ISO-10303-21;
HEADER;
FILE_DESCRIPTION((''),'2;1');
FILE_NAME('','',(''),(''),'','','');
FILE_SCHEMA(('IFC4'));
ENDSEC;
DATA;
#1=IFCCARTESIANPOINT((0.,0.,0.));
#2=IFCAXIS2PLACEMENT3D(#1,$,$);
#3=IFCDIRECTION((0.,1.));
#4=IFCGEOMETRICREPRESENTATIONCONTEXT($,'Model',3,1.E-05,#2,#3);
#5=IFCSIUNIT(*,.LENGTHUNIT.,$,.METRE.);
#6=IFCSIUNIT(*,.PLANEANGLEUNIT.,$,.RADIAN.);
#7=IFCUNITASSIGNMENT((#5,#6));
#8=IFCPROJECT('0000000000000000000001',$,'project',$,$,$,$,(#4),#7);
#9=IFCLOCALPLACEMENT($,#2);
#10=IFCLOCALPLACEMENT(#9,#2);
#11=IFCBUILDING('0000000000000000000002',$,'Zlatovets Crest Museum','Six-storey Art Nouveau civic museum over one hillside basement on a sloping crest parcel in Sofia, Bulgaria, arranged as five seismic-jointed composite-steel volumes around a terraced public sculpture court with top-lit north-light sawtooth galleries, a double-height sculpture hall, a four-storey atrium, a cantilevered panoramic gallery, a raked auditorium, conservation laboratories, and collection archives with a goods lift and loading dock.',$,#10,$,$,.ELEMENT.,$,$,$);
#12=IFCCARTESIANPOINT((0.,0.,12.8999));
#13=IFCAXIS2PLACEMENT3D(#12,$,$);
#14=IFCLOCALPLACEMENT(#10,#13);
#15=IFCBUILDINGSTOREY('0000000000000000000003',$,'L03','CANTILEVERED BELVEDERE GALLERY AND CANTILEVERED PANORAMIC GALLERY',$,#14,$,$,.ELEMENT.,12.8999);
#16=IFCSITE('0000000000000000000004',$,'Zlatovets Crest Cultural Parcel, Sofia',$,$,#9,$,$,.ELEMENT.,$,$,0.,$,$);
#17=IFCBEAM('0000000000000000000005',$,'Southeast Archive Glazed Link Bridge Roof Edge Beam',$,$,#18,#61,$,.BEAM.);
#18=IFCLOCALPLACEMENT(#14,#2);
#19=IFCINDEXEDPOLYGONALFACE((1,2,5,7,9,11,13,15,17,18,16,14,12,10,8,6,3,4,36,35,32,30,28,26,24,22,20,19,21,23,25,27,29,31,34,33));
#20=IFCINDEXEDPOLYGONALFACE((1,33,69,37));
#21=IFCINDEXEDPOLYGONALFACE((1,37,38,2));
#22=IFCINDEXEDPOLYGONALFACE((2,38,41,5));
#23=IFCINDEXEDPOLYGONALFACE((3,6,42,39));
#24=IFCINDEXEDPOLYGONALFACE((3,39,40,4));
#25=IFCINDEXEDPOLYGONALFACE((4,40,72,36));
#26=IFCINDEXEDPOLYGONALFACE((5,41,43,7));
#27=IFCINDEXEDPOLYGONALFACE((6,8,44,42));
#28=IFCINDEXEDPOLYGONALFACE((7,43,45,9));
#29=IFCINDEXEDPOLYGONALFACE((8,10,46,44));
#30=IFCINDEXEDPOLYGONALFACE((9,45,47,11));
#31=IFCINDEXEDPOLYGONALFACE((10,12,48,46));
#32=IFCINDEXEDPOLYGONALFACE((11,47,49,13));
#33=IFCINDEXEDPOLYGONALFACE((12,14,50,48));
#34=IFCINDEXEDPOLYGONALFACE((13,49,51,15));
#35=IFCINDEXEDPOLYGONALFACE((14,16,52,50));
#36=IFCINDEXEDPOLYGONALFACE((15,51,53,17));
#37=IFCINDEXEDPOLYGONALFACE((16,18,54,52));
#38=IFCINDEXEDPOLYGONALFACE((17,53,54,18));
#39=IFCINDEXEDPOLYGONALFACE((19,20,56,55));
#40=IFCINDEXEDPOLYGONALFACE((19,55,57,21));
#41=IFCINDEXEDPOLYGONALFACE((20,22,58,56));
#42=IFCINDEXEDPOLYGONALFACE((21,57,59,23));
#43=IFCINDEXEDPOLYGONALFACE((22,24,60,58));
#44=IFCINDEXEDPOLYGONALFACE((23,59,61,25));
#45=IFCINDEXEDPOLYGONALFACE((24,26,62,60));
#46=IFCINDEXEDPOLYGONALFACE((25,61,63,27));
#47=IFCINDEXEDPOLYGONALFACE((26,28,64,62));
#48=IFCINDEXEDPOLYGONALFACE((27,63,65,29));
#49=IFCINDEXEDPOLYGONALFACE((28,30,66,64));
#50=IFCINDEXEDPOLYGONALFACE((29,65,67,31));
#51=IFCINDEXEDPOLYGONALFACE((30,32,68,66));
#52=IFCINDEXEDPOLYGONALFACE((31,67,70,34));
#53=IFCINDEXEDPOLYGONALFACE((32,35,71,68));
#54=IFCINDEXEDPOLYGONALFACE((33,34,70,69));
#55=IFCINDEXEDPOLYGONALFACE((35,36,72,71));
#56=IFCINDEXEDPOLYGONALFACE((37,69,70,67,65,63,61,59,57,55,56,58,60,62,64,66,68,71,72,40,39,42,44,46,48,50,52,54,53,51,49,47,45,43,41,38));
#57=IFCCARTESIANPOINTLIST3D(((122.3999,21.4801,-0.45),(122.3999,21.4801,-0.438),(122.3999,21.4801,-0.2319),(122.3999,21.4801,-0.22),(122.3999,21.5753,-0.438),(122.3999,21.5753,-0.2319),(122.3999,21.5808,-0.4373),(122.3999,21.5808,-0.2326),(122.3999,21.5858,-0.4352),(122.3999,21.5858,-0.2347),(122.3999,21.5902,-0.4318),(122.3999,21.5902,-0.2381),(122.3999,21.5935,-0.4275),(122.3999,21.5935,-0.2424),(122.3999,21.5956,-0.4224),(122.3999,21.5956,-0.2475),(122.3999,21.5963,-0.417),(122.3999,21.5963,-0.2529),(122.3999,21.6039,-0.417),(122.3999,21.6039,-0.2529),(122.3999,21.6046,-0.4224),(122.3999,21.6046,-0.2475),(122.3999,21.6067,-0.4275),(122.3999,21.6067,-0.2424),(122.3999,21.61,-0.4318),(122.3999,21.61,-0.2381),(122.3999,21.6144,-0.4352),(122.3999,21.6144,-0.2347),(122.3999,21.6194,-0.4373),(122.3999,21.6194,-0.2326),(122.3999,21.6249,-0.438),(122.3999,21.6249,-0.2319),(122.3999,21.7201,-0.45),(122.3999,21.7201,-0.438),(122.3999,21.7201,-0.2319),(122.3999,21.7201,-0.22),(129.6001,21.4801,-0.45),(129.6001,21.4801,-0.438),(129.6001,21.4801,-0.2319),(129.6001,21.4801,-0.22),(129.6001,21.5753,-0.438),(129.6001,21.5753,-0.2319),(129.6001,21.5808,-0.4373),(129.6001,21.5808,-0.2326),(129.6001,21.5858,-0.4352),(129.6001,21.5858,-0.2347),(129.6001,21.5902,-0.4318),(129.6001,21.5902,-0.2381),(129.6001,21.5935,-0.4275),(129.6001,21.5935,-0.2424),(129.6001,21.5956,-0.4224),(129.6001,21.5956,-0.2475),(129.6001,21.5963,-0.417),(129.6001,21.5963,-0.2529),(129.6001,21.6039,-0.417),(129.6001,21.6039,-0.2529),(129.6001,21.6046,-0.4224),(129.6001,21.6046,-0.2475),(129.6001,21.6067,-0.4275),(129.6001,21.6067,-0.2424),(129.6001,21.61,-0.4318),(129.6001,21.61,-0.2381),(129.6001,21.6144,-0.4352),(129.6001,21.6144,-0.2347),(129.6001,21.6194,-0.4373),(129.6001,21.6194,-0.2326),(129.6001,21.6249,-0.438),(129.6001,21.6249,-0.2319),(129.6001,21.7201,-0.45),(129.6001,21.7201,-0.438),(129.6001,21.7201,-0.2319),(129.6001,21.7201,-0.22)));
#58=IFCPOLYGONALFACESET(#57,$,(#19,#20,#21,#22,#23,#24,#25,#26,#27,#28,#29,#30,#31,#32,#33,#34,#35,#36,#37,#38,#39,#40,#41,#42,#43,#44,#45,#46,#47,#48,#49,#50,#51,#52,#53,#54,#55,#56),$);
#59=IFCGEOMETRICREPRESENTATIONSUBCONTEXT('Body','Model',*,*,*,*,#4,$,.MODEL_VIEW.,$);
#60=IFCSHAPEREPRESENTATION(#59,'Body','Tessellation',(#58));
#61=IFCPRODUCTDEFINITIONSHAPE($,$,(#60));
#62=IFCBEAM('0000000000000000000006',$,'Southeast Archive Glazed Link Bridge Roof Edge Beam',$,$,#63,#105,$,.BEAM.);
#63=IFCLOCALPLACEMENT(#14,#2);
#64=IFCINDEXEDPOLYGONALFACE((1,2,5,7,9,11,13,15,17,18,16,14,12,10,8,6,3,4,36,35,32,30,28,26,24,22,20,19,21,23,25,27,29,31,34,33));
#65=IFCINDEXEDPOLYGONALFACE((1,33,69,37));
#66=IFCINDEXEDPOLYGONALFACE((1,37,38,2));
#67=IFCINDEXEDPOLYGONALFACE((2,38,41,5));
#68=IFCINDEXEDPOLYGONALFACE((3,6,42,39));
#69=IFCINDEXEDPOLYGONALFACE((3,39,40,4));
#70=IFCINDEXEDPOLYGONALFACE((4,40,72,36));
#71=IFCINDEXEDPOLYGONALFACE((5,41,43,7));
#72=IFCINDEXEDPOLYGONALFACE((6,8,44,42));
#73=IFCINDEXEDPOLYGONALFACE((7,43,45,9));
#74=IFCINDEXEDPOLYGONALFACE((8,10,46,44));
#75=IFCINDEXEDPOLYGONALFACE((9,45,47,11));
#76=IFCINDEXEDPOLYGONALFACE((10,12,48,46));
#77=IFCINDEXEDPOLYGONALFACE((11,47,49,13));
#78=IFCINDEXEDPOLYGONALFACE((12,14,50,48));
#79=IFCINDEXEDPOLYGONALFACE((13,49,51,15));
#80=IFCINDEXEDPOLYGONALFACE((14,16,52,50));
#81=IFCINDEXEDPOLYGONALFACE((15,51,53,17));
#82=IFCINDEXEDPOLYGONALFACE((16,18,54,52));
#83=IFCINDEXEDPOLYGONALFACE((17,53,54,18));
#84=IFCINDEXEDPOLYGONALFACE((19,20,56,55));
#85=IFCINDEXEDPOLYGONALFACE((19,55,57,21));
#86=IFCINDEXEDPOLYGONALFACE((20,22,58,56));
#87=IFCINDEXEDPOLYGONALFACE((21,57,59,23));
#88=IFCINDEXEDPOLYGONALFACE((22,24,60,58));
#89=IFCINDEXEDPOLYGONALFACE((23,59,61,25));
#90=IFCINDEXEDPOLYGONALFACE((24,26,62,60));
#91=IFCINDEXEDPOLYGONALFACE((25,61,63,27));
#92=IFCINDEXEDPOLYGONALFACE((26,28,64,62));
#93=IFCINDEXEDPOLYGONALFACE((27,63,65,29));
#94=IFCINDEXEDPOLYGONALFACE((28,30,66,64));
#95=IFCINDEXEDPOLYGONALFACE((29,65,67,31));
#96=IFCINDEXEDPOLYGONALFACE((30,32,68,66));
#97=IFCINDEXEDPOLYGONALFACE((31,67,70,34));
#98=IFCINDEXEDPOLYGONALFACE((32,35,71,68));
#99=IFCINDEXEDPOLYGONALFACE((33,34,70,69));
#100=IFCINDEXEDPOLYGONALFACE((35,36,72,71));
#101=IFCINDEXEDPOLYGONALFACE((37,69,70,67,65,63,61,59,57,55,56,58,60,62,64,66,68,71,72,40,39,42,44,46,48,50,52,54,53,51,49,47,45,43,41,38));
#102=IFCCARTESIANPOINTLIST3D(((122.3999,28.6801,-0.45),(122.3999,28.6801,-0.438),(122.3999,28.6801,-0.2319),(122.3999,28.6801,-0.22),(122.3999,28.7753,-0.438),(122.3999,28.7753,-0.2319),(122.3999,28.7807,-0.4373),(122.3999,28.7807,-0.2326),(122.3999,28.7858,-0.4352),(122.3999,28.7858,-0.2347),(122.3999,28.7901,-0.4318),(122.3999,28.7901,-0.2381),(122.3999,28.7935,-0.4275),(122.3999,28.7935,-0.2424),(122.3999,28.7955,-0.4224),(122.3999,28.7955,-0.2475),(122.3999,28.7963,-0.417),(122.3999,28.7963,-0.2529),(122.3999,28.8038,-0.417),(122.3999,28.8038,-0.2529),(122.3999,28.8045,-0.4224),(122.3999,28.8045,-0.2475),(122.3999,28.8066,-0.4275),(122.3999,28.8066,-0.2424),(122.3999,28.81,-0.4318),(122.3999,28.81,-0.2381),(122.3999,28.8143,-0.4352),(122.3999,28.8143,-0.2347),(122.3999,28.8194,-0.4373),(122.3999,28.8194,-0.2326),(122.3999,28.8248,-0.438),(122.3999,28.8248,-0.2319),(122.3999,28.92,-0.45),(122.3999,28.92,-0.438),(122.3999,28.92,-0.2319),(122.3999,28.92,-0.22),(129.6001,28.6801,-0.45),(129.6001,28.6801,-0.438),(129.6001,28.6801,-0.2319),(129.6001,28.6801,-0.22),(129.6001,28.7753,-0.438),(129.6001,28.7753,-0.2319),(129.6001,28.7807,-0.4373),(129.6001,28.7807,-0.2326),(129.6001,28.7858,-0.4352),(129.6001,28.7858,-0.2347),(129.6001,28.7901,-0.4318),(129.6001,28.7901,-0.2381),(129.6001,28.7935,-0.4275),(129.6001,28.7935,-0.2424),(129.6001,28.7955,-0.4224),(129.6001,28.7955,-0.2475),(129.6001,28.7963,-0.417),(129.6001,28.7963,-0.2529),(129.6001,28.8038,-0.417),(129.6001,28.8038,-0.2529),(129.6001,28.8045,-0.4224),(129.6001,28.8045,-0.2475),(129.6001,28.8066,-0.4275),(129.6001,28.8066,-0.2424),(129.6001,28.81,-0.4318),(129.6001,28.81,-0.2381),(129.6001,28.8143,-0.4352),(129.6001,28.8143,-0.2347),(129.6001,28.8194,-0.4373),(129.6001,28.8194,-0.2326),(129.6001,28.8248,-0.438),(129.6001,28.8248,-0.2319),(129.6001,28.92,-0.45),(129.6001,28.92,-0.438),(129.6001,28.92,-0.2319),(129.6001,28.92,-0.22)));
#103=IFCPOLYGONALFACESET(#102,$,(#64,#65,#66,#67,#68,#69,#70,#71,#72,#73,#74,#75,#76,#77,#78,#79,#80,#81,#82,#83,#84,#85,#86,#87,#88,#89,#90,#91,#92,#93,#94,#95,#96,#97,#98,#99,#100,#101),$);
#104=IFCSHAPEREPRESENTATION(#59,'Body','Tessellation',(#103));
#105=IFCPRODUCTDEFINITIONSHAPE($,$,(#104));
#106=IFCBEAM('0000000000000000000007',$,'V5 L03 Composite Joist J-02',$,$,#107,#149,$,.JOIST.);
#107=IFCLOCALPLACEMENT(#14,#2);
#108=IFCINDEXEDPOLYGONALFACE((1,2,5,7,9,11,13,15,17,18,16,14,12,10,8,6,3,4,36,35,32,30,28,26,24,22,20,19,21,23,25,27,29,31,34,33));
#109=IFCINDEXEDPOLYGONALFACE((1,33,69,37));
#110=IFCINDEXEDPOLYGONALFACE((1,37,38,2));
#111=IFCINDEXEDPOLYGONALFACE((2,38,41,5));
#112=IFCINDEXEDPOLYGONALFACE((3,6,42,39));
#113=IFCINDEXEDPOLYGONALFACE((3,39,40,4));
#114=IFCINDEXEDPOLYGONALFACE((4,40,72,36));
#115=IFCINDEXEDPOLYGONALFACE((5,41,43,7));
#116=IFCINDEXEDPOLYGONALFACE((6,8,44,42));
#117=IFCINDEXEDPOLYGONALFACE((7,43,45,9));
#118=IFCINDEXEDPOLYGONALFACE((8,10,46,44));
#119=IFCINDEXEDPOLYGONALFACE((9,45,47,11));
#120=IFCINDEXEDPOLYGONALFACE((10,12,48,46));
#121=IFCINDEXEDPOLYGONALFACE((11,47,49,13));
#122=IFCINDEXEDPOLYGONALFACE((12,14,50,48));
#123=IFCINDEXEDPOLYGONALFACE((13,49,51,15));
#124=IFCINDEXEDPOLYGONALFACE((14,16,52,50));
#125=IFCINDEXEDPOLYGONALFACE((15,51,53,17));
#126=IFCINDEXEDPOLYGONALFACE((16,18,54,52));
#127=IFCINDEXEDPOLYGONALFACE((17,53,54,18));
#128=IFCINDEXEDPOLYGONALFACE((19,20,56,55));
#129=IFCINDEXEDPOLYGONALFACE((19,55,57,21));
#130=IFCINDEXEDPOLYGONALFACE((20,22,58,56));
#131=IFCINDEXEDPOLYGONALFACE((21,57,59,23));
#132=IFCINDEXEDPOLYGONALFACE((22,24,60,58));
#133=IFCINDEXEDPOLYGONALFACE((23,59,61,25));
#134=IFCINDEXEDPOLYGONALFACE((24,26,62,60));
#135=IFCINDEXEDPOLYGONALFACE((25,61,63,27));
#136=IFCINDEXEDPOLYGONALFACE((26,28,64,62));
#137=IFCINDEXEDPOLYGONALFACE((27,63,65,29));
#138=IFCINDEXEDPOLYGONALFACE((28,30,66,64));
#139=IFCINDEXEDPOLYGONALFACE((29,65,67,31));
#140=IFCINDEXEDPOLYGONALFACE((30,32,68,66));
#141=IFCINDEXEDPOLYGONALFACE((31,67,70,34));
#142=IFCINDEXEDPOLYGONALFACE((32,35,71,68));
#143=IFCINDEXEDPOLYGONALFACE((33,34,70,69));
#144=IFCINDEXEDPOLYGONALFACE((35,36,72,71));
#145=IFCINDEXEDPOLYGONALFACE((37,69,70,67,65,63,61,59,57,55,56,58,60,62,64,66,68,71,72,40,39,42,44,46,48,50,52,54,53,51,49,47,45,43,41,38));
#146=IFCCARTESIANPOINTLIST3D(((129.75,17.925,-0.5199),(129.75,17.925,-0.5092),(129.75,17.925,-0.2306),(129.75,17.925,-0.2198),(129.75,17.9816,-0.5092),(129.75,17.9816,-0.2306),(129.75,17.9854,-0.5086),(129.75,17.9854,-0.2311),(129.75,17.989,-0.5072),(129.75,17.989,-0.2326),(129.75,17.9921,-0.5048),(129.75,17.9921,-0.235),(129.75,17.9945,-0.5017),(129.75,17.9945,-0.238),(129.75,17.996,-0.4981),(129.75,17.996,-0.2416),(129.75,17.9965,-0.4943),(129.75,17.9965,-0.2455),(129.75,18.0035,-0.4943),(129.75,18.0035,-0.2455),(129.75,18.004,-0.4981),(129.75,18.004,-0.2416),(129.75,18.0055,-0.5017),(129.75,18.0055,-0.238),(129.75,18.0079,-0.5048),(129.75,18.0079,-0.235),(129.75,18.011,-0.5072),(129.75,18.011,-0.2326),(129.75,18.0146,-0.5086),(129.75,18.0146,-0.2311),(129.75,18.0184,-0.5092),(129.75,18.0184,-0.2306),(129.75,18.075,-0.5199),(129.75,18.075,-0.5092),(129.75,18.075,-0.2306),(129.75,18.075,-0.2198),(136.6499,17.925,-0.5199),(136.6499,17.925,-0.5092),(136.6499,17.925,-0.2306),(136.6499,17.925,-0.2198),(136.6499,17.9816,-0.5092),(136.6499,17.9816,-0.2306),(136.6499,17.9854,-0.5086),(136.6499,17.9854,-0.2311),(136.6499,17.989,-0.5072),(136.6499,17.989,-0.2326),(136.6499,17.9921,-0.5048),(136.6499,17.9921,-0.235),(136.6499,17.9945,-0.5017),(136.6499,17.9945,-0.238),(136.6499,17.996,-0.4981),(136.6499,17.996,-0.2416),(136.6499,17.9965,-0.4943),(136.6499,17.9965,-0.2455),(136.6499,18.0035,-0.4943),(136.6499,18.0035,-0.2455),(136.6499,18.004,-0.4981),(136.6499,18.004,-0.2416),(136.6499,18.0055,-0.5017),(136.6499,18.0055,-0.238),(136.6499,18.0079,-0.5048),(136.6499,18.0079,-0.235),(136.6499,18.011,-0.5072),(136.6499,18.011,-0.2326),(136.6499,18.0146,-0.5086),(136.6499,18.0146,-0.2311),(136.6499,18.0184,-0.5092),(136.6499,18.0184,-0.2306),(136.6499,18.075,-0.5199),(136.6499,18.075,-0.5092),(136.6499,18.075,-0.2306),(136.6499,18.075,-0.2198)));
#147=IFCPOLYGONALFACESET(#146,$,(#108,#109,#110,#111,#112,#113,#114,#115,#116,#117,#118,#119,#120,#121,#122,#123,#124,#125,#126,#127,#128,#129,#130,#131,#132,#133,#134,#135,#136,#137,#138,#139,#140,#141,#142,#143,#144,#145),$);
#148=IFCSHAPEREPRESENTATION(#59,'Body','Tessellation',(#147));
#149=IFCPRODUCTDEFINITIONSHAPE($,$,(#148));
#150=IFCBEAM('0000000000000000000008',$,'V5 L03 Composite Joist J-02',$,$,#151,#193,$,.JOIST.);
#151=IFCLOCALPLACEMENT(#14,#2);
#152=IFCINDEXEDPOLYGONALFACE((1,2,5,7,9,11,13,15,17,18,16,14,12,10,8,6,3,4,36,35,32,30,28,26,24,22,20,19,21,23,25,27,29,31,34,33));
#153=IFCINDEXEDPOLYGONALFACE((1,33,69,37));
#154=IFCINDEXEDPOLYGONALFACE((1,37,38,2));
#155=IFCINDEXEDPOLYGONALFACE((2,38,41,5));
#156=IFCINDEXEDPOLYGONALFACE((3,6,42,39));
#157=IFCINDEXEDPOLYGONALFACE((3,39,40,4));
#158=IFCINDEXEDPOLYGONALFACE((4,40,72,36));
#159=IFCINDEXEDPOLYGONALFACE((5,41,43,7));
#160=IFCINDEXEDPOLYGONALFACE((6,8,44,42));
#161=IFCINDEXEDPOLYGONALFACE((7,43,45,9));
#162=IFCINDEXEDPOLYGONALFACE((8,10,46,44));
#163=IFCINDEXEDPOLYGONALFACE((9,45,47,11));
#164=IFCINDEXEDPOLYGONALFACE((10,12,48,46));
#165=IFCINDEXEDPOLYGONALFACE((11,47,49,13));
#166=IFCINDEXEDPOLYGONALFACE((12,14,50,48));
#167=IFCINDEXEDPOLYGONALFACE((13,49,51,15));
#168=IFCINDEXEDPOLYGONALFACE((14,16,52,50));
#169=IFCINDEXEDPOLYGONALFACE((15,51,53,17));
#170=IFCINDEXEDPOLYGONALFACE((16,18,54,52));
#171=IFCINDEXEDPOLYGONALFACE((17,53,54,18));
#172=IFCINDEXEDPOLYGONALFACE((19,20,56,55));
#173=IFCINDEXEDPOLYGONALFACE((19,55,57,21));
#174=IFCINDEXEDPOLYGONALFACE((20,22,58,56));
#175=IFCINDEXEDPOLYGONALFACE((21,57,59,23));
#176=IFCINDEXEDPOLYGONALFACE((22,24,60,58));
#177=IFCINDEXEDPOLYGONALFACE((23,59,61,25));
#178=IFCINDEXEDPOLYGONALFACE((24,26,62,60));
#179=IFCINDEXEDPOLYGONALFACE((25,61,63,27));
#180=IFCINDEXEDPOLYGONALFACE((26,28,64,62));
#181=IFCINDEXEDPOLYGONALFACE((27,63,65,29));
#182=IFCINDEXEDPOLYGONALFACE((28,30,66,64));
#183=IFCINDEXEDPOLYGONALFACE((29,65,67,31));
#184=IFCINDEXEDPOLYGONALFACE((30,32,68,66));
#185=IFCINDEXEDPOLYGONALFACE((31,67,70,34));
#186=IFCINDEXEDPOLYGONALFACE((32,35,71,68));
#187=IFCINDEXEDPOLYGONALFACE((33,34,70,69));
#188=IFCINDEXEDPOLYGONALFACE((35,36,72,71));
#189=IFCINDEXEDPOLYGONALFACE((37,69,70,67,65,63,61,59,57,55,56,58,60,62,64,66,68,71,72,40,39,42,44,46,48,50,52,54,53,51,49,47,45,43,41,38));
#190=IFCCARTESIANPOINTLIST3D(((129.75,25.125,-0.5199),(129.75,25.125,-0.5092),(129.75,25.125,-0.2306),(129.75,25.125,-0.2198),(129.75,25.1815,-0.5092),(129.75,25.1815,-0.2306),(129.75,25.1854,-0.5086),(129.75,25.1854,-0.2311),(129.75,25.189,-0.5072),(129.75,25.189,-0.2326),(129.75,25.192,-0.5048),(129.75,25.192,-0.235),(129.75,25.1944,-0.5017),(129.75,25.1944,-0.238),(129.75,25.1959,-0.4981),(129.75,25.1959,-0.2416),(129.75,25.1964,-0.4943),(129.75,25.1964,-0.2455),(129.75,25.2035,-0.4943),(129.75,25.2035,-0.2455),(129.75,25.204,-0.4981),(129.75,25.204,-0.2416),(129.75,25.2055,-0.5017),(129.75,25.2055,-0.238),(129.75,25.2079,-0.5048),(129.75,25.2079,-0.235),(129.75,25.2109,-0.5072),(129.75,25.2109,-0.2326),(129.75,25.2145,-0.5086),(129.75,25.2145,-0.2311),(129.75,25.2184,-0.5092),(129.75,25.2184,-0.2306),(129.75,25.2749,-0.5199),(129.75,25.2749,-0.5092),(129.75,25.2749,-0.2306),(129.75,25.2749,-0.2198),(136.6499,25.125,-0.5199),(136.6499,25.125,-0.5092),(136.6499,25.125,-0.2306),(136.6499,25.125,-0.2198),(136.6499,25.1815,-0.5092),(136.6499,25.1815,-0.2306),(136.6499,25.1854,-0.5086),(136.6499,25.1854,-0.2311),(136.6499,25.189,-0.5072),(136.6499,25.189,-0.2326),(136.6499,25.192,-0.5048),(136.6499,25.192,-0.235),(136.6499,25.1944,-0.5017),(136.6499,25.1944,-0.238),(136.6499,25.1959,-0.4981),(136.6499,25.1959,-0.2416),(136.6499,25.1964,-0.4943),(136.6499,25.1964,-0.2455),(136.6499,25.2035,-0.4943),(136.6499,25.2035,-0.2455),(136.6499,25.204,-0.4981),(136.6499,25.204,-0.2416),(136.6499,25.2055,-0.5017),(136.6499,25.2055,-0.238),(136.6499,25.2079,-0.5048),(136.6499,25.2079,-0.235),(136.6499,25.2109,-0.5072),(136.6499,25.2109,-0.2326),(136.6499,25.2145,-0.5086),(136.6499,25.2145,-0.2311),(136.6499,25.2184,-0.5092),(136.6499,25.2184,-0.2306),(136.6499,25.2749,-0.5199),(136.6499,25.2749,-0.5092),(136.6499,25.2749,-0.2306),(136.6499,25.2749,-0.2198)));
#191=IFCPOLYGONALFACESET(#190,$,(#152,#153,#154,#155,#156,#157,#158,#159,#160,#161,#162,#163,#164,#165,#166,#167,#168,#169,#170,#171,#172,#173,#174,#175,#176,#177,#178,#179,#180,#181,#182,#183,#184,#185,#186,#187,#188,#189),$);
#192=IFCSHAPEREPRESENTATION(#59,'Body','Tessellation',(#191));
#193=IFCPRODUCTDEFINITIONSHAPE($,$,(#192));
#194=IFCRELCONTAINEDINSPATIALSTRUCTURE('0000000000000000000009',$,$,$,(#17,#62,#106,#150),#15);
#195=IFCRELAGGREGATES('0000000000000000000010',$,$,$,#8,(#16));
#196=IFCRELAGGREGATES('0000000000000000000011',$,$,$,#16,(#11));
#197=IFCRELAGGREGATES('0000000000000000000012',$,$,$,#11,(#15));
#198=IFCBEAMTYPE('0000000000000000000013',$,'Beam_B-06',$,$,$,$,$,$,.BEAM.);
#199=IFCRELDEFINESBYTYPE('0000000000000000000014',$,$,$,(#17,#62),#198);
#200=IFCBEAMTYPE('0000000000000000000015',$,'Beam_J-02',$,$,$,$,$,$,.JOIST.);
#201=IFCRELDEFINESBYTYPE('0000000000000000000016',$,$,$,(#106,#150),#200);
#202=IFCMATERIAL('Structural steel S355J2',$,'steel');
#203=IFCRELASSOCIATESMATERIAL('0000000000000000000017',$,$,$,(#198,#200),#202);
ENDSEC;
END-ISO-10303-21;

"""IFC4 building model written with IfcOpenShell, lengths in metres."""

from ifc_helpers import new_model, si_unit, direction, frame, origin, origin_2d, place, context, subcontext, project, spatial, i_section, extrude, material, material_profile, profile_set, type_object, element, save


model = new_model("IFC4")

# Units and contexts
model_context = context("Model", 3, precision=1e-05, world=origin(), true_north=direction((0.0, 1.0)))
body_context = subcontext(model_context, "Body", "Model", "MODEL_VIEW")
ifc_project = project(units=[si_unit("LENGTHUNIT", "METRE"), si_unit("PLANEANGLEUNIT", "RADIAN")], contexts=[model_context])

# Site, building, storey
site_placement = place(None, origin())
site = spatial("IfcSite", under=ifc_project, at=site_placement, Name="Zlatovets Crest Cultural Parcel, Sofia", CompositionType="ELEMENT", RefElevation=0.0)
building_placement = place(site_placement, origin())
building = spatial("IfcBuilding", under=site, at=building_placement, Name="Zlatovets Crest Museum", Description="Six-storey Art Nouveau civic museum over one hillside basement on a sloping crest parcel in Sofia, Bulgaria, arranged as five seismic-jointed composite-steel volumes around a terraced public sculpture court with top-lit north-light sawtooth galleries, a double-height sculpture hall, a four-storey atrium, a cantilevered panoramic gallery, a raked auditorium, conservation laboratories, and collection archives with a goods lift and loading dock.", CompositionType="ELEMENT")
storey_placement = place(building_placement, frame((0.0, 0.0, 12.8999)))
storey = spatial("IfcBuildingStorey", under=building, at=storey_placement, Name="L03", Description="CANTILEVERED BELVEDERE GALLERY AND CANTILEVERED PANORAMIC GALLERY", CompositionType="ELEMENT", Elevation=12.8999)

# Beams
ifc_material_1 = material(Name="Structural steel S355J2", Category="steel")
ifc_material_profile_1 = material_profile(ifc_material_1, i_section(OverallWidth=0.24, OverallDepth=0.23, WebThickness=0.0076, FlangeThickness=0.012, FilletRadius=0.021, at=origin_2d()), Name="HEA 240")
ifc_profile_set_1 = profile_set([ifc_material_profile_1], Name="Structural steel S355J2")
beam_type_1 = type_object("IfcBeamType", Name="Beam_B-06", PredefinedType="BEAM", material=ifc_profile_set_1)
for number, where, z_axis, x_axis, name in (
    (1, (122.3999, 21.6001, -0.335), (1.0, 0.0, 0.0), (0.0, 1.0, 0.0), "Southeast Archive Glazed Link Bridge Roof Edge Beam"),
    (2, (122.3999, 28.8, -0.335), (1.0, 0.0, 0.0), (0.0, 1.0, 0.0), "Southeast Archive Glazed Link Bridge Roof Edge Beam"),
):
    element("IfcBeam", number, at=place(storey_placement, frame(where, z_axis=z_axis, x_axis=x_axis)), inside=storey, type_object=beam_type_1, Name=name, PredefinedType="BEAM", context=body_context, shape_type="SweptSolid", body=[
        extrude(i_section(OverallWidth=0.24, OverallDepth=0.23, WebThickness=0.0076, FlangeThickness=0.012, FilletRadius=0.021, at=origin_2d()), origin(), (0.0, 0.0, 1.0), 7.2002),
    ])
ifc_material_profile_2 = material_profile(ifc_material_1, i_section(OverallWidth=0.1499, OverallDepth=0.3, WebThickness=0.0071, FlangeThickness=0.0107, FilletRadius=0.0149, at=origin_2d()), Name="IPE 300")
ifc_profile_set_2 = profile_set([ifc_material_profile_2], Name="Structural steel S355J2")
beam_type_2 = type_object("IfcBeamType", Name="Beam_J-02", PredefinedType="JOIST", material=ifc_profile_set_2)
for number, where, z_axis, x_axis, name in (
    (3, (129.75, 18.0, -0.3699), (1.0, 0.0, 0.0), (0.0, 1.0, 0.0), "V5 L03 Composite Joist J-02"),
    (4, (129.75, 25.2, -0.3699), (1.0, 0.0, 0.0), (0.0, 1.0, 0.0), "V5 L03 Composite Joist J-02"),
):
    element("IfcBeam", number, at=place(storey_placement, frame(where, z_axis=z_axis, x_axis=x_axis)), inside=storey, type_object=beam_type_2, Name=name, PredefinedType="JOIST", context=body_context, shape_type="SweptSolid", body=[
        extrude(i_section(OverallWidth=0.1499, OverallDepth=0.3, WebThickness=0.0071, FlangeThickness=0.0107, FilletRadius=0.0149, at=origin_2d()), origin(), (0.0, 0.0, 1.0), 6.8999),
    ])

save(model, "model.ifc")
